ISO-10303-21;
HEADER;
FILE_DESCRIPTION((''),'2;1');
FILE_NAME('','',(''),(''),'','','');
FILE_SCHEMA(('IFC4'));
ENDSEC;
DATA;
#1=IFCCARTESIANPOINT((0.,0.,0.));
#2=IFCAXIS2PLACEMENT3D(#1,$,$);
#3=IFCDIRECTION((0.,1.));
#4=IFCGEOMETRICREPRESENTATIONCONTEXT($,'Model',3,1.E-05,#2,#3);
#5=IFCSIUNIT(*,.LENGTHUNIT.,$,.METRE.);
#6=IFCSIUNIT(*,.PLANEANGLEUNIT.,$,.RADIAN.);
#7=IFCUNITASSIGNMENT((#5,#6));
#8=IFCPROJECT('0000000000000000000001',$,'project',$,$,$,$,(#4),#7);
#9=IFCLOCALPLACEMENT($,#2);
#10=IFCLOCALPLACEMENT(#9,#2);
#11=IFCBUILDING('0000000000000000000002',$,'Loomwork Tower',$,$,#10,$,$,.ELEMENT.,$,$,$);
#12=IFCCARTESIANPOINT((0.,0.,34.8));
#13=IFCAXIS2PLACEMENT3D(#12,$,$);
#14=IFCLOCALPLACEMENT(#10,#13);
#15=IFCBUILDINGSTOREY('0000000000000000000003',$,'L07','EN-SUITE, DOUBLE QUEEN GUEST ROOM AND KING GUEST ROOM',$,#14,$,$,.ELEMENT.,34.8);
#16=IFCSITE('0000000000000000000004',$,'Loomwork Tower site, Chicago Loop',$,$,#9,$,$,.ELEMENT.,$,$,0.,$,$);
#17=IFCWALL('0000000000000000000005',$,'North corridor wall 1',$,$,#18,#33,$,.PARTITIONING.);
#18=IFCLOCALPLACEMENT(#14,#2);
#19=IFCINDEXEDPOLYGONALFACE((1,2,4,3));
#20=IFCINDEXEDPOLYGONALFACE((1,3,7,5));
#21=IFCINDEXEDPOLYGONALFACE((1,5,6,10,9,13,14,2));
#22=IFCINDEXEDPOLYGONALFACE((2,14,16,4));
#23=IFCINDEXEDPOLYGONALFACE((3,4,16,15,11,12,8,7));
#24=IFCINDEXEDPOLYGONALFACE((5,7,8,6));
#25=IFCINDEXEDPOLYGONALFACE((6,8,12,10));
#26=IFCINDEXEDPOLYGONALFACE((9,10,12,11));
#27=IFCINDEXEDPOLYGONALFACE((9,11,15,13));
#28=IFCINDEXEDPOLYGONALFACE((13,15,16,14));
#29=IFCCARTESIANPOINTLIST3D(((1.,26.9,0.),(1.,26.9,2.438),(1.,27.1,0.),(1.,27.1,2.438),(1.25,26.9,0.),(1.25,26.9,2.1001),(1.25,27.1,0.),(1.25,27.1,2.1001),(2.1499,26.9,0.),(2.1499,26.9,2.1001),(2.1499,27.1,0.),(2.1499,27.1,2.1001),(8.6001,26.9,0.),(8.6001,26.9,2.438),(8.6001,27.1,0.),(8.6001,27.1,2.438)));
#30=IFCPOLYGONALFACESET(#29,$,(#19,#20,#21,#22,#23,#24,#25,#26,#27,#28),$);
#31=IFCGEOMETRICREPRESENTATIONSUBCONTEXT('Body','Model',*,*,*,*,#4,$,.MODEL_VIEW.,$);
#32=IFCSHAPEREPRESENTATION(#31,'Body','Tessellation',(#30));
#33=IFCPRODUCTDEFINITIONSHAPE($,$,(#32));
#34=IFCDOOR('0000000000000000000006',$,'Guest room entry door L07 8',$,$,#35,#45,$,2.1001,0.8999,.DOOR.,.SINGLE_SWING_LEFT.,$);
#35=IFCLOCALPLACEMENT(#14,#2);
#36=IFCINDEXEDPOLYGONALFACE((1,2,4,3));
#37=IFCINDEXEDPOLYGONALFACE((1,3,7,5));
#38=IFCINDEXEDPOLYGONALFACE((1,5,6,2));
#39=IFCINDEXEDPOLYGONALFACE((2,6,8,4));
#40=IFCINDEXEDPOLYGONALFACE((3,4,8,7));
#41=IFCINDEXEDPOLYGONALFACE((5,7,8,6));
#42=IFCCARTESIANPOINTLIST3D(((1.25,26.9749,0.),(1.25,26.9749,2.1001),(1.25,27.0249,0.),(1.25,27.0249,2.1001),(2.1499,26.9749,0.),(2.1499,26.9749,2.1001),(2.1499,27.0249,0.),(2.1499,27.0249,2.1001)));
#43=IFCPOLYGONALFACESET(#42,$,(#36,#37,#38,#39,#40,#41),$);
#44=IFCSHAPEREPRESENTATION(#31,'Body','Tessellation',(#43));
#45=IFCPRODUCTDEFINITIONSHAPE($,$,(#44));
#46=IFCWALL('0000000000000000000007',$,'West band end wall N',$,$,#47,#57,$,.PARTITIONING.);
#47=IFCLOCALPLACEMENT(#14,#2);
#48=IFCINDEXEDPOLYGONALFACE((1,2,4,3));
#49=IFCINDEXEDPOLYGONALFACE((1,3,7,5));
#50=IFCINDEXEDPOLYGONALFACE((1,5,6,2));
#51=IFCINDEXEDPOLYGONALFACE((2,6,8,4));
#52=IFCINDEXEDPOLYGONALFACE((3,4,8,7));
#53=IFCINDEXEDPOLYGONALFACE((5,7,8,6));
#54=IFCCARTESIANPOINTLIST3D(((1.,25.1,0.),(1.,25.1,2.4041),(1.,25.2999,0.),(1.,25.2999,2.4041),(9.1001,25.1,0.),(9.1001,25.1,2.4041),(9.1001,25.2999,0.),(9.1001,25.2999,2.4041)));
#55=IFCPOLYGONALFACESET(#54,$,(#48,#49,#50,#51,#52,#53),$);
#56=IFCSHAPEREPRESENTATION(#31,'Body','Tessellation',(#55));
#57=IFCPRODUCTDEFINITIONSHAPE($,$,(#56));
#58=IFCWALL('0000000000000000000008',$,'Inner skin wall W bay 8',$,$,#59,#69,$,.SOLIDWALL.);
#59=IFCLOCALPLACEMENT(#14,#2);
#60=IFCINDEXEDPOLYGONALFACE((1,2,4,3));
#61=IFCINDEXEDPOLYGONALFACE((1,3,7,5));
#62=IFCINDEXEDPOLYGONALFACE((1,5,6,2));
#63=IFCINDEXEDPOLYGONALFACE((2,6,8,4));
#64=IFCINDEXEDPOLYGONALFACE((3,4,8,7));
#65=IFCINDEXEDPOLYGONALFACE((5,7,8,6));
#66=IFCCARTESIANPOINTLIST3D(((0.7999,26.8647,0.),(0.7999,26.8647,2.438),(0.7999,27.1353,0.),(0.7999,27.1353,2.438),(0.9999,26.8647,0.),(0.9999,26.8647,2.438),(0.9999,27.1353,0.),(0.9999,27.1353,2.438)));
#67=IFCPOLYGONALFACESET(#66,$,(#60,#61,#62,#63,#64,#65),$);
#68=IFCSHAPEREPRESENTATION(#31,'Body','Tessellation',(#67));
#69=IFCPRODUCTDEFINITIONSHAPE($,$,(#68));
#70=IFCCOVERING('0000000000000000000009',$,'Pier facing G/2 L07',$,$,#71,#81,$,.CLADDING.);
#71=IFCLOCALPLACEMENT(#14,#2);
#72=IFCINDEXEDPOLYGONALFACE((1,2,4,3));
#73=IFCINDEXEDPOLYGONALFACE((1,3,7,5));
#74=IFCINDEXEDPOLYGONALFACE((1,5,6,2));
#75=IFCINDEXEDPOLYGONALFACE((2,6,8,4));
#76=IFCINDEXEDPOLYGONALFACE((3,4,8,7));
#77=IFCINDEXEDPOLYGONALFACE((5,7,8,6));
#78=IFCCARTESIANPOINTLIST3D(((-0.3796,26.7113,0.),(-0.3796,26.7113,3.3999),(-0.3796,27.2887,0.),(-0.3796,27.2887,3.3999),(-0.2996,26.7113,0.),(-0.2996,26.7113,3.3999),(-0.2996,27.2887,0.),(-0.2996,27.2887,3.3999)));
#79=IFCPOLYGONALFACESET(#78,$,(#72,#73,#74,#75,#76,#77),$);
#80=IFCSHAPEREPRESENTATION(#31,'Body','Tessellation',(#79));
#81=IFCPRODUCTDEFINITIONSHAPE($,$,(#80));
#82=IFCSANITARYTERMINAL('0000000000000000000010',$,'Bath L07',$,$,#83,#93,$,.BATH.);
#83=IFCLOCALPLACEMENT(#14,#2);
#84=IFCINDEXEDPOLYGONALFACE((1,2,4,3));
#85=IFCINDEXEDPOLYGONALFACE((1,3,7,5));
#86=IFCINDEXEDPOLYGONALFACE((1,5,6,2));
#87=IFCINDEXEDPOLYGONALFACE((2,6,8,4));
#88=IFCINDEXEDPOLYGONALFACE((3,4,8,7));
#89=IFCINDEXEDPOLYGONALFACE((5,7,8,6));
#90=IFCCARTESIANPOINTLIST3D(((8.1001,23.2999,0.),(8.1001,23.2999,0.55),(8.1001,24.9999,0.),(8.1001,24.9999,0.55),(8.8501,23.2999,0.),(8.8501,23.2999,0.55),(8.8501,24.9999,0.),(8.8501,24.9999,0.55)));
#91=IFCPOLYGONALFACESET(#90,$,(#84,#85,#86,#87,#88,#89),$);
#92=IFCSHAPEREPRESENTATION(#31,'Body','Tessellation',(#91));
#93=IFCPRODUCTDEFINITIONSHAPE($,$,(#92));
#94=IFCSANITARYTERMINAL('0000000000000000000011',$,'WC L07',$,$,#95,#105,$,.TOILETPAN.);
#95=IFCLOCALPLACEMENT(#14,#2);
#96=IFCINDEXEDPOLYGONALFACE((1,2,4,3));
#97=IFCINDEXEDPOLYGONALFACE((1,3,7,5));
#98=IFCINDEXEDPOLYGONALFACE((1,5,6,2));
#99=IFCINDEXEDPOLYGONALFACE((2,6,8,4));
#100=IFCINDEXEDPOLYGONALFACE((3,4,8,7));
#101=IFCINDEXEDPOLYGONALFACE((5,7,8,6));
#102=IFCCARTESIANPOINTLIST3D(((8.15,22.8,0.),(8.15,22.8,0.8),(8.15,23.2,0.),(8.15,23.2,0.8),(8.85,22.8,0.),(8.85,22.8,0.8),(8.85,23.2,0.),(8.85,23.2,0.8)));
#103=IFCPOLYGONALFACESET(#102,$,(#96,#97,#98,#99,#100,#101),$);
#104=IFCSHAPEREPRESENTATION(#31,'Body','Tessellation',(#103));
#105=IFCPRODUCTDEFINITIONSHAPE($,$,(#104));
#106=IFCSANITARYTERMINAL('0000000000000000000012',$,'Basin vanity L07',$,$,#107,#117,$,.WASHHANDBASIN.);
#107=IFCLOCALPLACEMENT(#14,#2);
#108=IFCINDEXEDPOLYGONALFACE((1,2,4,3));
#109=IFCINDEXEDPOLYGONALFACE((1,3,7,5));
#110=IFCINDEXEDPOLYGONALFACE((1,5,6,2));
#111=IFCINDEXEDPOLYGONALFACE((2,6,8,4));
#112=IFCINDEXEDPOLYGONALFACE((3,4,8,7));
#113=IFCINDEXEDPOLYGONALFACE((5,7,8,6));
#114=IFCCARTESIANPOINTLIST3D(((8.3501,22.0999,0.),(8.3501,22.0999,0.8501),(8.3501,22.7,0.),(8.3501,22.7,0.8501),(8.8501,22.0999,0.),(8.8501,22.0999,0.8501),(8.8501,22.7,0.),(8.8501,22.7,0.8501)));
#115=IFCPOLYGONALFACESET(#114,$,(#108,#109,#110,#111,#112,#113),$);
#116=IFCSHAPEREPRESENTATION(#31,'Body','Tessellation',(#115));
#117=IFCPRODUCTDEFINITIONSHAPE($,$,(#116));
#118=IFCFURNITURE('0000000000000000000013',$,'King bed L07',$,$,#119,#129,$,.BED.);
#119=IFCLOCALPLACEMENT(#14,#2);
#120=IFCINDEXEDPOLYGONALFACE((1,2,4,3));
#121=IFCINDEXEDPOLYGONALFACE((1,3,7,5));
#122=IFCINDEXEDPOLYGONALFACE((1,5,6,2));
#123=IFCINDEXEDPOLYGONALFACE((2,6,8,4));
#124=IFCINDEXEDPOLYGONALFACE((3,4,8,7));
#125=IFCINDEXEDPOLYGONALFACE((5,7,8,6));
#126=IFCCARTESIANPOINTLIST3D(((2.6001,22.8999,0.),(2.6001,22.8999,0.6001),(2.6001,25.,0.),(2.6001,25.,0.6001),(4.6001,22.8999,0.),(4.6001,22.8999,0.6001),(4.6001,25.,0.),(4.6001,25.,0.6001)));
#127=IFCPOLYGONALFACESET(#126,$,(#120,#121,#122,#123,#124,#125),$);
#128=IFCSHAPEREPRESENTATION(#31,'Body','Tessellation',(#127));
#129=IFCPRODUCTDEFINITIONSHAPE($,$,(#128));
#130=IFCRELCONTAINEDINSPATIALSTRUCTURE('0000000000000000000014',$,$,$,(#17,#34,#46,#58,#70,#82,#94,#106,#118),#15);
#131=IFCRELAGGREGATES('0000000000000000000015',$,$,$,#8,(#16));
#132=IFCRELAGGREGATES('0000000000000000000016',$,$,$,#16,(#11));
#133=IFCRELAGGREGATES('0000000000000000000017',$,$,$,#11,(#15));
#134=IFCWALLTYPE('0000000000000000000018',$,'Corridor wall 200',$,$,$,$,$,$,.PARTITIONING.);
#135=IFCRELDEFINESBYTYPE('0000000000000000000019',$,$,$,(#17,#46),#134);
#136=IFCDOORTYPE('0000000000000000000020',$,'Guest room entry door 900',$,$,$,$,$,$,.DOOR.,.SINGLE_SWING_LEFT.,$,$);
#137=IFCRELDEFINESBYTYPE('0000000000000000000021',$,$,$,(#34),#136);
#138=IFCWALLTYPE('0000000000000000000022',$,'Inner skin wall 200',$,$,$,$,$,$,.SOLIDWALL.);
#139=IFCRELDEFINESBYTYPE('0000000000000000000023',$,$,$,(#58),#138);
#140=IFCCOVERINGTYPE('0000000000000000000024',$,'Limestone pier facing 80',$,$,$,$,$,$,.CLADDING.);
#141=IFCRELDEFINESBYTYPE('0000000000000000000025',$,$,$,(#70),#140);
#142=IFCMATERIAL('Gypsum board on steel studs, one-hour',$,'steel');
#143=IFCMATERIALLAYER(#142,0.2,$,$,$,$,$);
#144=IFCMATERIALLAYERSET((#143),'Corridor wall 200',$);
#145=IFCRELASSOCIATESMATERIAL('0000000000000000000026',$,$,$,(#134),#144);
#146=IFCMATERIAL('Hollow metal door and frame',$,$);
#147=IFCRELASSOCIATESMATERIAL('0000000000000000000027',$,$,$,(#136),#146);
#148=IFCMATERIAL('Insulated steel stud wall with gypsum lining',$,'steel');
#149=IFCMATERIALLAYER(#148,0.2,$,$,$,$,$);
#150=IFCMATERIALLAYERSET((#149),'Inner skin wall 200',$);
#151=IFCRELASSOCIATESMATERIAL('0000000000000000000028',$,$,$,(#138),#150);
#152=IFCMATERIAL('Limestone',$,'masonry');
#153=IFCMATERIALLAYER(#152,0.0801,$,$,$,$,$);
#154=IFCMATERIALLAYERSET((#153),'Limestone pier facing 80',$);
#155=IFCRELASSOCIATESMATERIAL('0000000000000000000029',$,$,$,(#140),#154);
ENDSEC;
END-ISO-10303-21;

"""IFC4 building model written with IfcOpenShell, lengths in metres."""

from ifc_helpers import new_model, si_unit, direction, frame, frame_2d, origin, origin_2d, place, context, subcontext, project, spatial, rectangle, extrude, material, layer, layer_set, type_object, element, fill, save


model = new_model("IFC4")

# Units and contexts
model_context = context("Model", 3, precision=1e-05, world=origin(), true_north=direction((0.0, 1.0)))
body_context = subcontext(model_context, "Body", "Model", "MODEL_VIEW")
ifc_project = project(units=[si_unit("LENGTHUNIT", "METRE"), si_unit("PLANEANGLEUNIT", "RADIAN")], contexts=[model_context])

# Site, building, storey
site_placement = place(None, origin())
site = spatial("IfcSite", under=ifc_project, at=site_placement, Name="Loomwork Tower site, Chicago Loop", CompositionType="ELEMENT", RefElevation=0.0)
building_placement = place(site_placement, origin())
building = spatial("IfcBuilding", under=site, at=building_placement, Name="Loomwork Tower", CompositionType="ELEMENT")
storey_placement = place(building_placement, frame((0.0, 0.0, 34.8)))
storey = spatial("IfcBuildingStorey", under=building, at=storey_placement, Name="L07", Description="EN-SUITE, DOUBLE QUEEN GUEST ROOM AND KING GUEST ROOM", CompositionType="ELEMENT", Elevation=34.8)

# Wall, opening, door
ifc_material_1 = material(Name="Gypsum board on steel studs, one-hour", Category="steel")
ifc_layer_1 = layer(ifc_material_1, 0.2)
ifc_layer_set_1 = layer_set([ifc_layer_1], Name="Corridor wall 200")
wall_type_1 = type_object("IfcWallType", Name="Corridor wall 200", PredefinedType="PARTITIONING", material=ifc_layer_set_1)
wall_1_placement = place(storey_placement, frame((1.0, 27.0, 0.0), z_axis=(0.0, 0.0, 1.0), x_axis=(1.0, 0.0, 0.0)))
wall_1 = element("IfcWall", 1, at=wall_1_placement, inside=storey, type_object=wall_type_1, Name="North corridor wall 1", PredefinedType="PARTITIONING", context=body_context, shape_type="SweptSolid", body=[
    extrude(rectangle(XDim=7.6001, YDim=0.2, at=frame_2d((3.8, 0.0))), origin(), (0.0, 0.0, 1.0), 2.438),
])
opening_placement = place(wall_1_placement, frame((0.25, 0.0, 0.0)))
opening = element("IfcOpeningElement", 2, at=opening_placement, cuts=wall_1, PredefinedType="OPENING", context=body_context, shape_type="SweptSolid", body=[
    extrude(rectangle(XDim=0.8999, YDim=2.1001, at=frame_2d((0.45, 1.05))), frame((0.0, 0.1099, 0.0), z_axis=(0.0, -1.0, 0.0), x_axis=(1.0, 0.0, 0.0)), (0.0, 0.0, 1.0), 0.22),
])
ifc_material_2 = material(Name="Hollow metal door and frame")
door_type = type_object("IfcDoorType", Name="Guest room entry door 900", OperationType="SINGLE_SWING_LEFT", PredefinedType="DOOR", material=ifc_material_2)
door_placement = place(opening_placement, origin())
door = element("IfcDoor", 3, at=door_placement, inside=storey, type_object=door_type, Name="Guest room entry door L07 8", OperationType="SINGLE_SWING_LEFT", OverallHeight=2.1001, OverallWidth=0.8999, PredefinedType="DOOR", context=body_context, shape_type="SweptSolid", body=[
    extrude(rectangle(XDim=0.8999, YDim=2.1001, at=frame_2d((0.45, 1.05))), frame((0.0, 0.0249, 0.0), z_axis=(0.0, -1.0, 0.0), x_axis=(1.0, 0.0, 0.0)), (0.0, 0.0, 1.0), 0.05),
])
fill(opening, door)

# Walls
wall_2_placement = place(storey_placement, frame((1.0, 25.2, 0.0), z_axis=(0.0, 0.0, 1.0), x_axis=(1.0, 0.0, 0.0)))
element("IfcWall", 4, at=wall_2_placement, inside=storey, type_object=wall_type_1, Name="West band end wall N", PredefinedType="PARTITIONING", context=body_context, shape_type="SweptSolid", body=[
    extrude(rectangle(XDim=8.1001, YDim=0.2, at=frame_2d((4.05, 0.0))), origin(), (0.0, 0.0, 1.0), 2.4041),
])
ifc_material_3 = material(Name="Insulated steel stud wall with gypsum lining", Category="steel")
ifc_layer_2 = layer(ifc_material_3, 0.2)
ifc_layer_set_2 = layer_set([ifc_layer_2], Name="Inner skin wall 200")
wall_type_2 = type_object("IfcWallType", Name="Inner skin wall 200", PredefinedType="SOLIDWALL", material=ifc_layer_set_2)
wall_3_placement = place(storey_placement, frame((0.8999, 26.8647, 0.0), z_axis=(0.0, 0.0, 1.0), x_axis=(0.0, 1.0, 0.0)))
element("IfcWall", 5, at=wall_3_placement, inside=storey, type_object=wall_type_2, Name="Inner skin wall W bay 8", PredefinedType="SOLIDWALL", context=body_context, shape_type="SweptSolid", body=[
    extrude(rectangle(XDim=0.2705, YDim=0.2, at=frame_2d((0.1353, 0.0))), origin(), (0.0, 0.0, 1.0), 2.438),
])

# Covering
ifc_material_4 = material(Name="Limestone", Category="masonry")
ifc_layer_3 = layer(ifc_material_4, 0.0801)
ifc_layer_set_3 = layer_set([ifc_layer_3], Name="Limestone pier facing 80")
covering_type = type_object("IfcCoveringType", Name="Limestone pier facing 80", PredefinedType="CLADDING", material=ifc_layer_set_3)
covering_placement = place(storey_placement, frame((-0.3396, 27.0, 0.0), z_axis=(0.0, 0.0, 1.0), x_axis=(1.0, 0.0, 0.0)))
element("IfcCovering", 6, at=covering_placement, inside=storey, type_object=covering_type, Name="Pier facing G/2 L07", PredefinedType="CLADDING", context=body_context, shape_type="SweptSolid", body=[
    extrude(rectangle(XDim=0.0801, YDim=0.5774, at=origin_2d()), origin(), (0.0, 0.0, 1.0), 3.3999),
])

# Sanitary terminals
sanitary_terminal_1_placement = place(storey_placement, frame((8.4751, 24.1499, 0.0), z_axis=(0.0, 0.0, 1.0), x_axis=(1.0, 0.0, 0.0)))
element("IfcSanitaryTerminal", 7, at=sanitary_terminal_1_placement, inside=storey, Name="Bath L07", PredefinedType="BATH", context=body_context, shape_type="SweptSolid", body=[
    extrude(rectangle(XDim=0.75, YDim=1.7, at=origin_2d()), origin(), (0.0, 0.0, 1.0), 0.55),
])
sanitary_terminal_2_placement = place(storey_placement, frame((8.5, 23.0, 0.0), z_axis=(0.0, 0.0, 1.0), x_axis=(1.0, 0.0, 0.0)))
element("IfcSanitaryTerminal", 8, at=sanitary_terminal_2_placement, inside=storey, Name="WC L07", PredefinedType="TOILETPAN", context=body_context, shape_type="SweptSolid", body=[
    extrude(rectangle(XDim=0.7, YDim=0.3999, at=origin_2d()), origin(), (0.0, 0.0, 1.0), 0.8),
])
sanitary_terminal_3_placement = place(storey_placement, frame((8.6001, 22.3999, 0.0), z_axis=(0.0, 0.0, 1.0), x_axis=(1.0, 0.0, 0.0)))
element("IfcSanitaryTerminal", 9, at=sanitary_terminal_3_placement, inside=storey, Name="Basin vanity L07", PredefinedType="WASHHANDBASIN", context=body_context, shape_type="SweptSolid", body=[
    extrude(rectangle(XDim=0.5, YDim=0.6001, at=origin_2d()), origin(), (0.0, 0.0, 1.0), 0.8501),
])

# Furniture
furniture_placement = place(storey_placement, frame((3.6001, 23.95, 0.0), z_axis=(0.0, 0.0, 1.0), x_axis=(1.0, 0.0, 0.0)))
element("IfcFurniture", 10, at=furniture_placement, inside=storey, Name="King bed L07", PredefinedType="BED", context=body_context, shape_type="SweptSolid", body=[
    extrude(rectangle(XDim=2.0, YDim=2.1001, at=origin_2d()), origin(), (0.0, 0.0, 1.0), 0.6001),
])

save(model, "model.ifc")
